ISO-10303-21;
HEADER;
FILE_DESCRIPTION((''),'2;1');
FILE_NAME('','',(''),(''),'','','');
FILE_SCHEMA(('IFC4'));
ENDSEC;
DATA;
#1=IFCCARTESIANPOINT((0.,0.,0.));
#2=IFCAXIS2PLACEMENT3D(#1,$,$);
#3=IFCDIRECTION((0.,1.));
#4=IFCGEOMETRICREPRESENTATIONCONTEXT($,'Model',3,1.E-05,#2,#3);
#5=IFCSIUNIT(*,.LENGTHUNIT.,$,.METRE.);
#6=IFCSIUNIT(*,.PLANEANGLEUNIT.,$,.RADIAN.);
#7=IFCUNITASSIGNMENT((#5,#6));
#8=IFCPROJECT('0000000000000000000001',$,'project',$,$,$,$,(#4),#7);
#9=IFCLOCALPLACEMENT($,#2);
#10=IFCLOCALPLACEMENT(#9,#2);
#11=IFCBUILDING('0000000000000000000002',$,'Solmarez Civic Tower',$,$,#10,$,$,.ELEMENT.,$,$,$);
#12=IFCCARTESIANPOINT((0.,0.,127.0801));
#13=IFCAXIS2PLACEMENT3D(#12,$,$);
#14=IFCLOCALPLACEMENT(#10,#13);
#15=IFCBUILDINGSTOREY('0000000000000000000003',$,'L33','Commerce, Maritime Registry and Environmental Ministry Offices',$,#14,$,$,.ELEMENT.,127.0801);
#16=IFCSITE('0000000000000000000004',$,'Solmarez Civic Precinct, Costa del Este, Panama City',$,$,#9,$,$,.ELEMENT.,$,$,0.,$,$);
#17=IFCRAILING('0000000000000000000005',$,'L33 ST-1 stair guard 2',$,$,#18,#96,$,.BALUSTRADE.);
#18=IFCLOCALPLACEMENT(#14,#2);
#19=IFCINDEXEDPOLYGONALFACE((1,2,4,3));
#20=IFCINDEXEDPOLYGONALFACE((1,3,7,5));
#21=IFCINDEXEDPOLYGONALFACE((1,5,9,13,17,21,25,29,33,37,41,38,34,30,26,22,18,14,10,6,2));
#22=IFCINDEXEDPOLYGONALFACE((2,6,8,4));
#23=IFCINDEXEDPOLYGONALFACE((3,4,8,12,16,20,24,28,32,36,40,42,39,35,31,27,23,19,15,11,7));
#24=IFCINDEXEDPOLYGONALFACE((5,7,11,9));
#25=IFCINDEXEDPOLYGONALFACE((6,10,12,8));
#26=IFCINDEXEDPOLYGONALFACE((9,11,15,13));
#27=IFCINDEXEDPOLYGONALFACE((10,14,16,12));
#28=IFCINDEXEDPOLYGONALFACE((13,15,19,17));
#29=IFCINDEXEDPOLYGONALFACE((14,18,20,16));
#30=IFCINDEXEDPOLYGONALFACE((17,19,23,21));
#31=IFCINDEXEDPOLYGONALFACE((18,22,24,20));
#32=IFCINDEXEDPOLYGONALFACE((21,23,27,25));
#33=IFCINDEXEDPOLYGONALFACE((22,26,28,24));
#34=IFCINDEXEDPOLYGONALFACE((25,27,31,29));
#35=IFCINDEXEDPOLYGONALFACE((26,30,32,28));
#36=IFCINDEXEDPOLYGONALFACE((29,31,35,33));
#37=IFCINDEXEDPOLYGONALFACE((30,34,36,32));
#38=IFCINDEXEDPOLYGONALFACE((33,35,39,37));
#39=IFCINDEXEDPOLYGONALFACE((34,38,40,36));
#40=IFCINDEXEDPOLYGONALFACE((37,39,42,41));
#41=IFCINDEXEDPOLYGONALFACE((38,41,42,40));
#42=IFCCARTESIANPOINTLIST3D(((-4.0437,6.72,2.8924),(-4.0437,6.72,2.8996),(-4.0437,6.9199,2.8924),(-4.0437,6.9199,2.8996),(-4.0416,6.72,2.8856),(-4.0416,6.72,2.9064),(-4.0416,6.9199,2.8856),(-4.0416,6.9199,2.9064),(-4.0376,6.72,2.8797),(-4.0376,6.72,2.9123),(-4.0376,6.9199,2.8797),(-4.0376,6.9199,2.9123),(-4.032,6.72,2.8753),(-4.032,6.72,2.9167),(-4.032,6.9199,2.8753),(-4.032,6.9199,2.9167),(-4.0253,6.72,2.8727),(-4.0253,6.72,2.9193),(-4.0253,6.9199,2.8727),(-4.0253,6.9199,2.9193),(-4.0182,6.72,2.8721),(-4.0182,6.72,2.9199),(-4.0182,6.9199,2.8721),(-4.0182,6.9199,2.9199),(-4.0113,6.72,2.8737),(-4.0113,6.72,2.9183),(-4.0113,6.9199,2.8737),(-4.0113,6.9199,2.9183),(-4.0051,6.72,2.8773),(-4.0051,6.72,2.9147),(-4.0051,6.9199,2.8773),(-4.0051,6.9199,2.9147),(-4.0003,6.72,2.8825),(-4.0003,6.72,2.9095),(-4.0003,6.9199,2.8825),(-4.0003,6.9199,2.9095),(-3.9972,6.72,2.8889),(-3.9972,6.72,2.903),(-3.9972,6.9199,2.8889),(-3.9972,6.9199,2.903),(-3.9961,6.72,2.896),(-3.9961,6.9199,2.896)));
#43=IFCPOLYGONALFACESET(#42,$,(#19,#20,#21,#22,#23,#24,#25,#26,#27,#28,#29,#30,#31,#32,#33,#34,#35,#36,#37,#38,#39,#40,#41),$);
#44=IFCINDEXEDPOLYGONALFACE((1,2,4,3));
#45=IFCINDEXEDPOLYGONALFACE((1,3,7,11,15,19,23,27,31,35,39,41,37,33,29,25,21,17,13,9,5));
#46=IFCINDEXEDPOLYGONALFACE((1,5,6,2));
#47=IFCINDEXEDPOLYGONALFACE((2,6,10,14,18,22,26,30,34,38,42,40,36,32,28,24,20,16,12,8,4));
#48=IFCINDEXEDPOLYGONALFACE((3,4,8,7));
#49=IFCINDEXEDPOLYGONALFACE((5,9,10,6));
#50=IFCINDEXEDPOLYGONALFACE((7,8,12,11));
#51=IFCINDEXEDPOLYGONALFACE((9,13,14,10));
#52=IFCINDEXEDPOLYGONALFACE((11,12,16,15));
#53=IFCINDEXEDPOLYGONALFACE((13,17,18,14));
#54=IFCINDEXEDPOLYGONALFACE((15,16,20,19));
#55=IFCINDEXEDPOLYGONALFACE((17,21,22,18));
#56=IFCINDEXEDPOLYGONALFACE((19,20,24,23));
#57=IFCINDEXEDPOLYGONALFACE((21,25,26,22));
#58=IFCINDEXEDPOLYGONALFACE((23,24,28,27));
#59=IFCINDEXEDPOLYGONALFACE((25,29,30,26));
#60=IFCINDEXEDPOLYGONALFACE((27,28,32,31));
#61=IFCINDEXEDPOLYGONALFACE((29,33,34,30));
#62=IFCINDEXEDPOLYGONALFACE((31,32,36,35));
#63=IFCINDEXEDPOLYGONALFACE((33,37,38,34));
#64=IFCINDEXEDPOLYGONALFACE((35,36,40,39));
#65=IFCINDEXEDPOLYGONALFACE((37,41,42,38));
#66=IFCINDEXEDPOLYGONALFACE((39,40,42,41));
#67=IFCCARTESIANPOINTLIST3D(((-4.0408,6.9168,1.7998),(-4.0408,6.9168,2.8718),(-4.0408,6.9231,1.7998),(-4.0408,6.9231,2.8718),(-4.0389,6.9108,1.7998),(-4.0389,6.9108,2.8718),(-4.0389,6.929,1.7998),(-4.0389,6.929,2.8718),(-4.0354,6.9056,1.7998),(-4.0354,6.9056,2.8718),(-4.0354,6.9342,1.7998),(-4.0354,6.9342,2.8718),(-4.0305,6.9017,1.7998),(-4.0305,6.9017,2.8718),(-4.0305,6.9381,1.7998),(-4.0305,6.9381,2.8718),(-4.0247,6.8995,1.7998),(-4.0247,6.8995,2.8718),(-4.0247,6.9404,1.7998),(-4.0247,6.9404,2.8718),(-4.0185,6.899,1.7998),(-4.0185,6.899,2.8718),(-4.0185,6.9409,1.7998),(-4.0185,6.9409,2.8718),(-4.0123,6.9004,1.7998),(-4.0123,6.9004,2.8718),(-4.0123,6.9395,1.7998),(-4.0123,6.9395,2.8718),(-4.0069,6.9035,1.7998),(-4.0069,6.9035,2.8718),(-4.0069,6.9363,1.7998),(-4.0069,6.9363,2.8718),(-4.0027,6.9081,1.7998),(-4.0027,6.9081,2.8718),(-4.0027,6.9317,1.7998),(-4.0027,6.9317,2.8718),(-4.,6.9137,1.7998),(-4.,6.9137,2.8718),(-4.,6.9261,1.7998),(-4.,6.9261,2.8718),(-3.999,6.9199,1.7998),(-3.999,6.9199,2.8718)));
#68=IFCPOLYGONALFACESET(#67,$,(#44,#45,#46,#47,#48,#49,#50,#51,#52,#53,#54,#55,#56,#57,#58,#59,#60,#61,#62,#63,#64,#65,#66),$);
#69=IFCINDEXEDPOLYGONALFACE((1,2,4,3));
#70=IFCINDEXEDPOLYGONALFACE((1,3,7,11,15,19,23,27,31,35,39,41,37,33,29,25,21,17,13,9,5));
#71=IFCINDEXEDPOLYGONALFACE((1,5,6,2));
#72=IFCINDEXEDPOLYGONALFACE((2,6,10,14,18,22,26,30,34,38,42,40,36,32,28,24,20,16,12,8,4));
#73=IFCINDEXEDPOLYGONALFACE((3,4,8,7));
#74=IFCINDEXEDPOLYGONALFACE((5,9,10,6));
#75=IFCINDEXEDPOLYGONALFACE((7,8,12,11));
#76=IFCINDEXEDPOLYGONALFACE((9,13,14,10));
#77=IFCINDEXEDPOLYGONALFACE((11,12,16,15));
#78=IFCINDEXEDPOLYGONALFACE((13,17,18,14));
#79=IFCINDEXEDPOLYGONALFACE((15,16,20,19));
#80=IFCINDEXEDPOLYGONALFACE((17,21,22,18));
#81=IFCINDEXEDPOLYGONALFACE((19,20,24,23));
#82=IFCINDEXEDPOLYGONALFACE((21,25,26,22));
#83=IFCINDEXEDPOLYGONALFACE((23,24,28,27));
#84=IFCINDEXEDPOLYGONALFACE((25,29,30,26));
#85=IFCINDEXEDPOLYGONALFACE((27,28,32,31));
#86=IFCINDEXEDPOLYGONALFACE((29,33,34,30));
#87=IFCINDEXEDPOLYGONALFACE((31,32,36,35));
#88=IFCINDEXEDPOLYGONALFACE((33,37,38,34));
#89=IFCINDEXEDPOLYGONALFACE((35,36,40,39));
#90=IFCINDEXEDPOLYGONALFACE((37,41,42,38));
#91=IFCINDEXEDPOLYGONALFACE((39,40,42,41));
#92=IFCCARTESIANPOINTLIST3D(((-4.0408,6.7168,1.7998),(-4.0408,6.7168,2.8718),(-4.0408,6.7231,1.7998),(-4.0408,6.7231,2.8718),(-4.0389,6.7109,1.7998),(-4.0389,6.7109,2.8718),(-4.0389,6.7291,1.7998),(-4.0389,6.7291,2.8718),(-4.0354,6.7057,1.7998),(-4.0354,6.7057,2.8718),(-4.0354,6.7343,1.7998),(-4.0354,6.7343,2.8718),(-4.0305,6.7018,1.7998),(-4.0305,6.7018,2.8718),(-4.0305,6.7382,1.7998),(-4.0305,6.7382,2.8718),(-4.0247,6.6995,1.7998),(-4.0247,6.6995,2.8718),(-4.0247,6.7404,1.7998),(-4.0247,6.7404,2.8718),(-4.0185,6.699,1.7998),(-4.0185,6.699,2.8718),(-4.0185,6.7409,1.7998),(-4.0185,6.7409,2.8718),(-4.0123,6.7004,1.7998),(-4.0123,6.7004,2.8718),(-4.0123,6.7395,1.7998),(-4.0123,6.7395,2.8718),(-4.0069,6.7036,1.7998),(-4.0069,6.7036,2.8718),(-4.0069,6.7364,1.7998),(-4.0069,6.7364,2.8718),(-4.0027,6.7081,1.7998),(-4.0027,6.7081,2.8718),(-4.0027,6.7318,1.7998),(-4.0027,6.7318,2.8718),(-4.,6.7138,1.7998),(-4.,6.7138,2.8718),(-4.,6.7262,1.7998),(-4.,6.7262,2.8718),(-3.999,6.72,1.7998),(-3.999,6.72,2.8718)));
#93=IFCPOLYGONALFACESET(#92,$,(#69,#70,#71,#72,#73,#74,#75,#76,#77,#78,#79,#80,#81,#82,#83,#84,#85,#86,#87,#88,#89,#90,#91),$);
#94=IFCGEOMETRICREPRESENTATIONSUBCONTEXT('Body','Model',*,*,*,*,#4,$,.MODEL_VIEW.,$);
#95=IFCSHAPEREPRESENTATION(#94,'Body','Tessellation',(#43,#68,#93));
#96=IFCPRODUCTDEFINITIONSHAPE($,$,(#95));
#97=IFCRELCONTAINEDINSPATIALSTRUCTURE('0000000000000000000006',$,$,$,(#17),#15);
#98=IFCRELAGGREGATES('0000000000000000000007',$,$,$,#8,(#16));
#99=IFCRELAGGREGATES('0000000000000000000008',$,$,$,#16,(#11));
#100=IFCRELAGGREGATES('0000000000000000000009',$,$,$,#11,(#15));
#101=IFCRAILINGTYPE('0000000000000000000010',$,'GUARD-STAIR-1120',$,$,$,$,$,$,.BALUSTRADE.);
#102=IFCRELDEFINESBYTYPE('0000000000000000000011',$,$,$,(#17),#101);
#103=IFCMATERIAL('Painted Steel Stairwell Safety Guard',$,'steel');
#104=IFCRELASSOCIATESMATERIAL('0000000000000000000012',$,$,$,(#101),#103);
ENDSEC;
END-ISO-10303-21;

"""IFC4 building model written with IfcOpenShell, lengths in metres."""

from ifc_helpers import new_model, si_unit, direction, frame, origin, origin_2d, place, context, subcontext, project, spatial, circle, extrude, material, type_object, element, save


model = new_model("IFC4")

# Units and contexts
model_context = context("Model", 3, precision=1e-05, world=origin(), true_north=direction((0.0, 1.0)))
body_context = subcontext(model_context, "Body", "Model", "MODEL_VIEW")
ifc_project = project(units=[si_unit("LENGTHUNIT", "METRE"), si_unit("PLANEANGLEUNIT", "RADIAN")], contexts=[model_context])

# Site, building, storey
site_placement = place(None, origin())
site = spatial("IfcSite", under=ifc_project, at=site_placement, Name="Solmarez Civic Precinct, Costa del Este, Panama City", CompositionType="ELEMENT", RefElevation=0.0)
building_placement = place(site_placement, origin())
building = spatial("IfcBuilding", under=site, at=building_placement, Name="Solmarez Civic Tower", CompositionType="ELEMENT")
storey_placement = place(building_placement, frame((0.0, 0.0, 127.0801)))
storey = spatial("IfcBuildingStorey", under=building, at=storey_placement, Name="L33", Description="Commerce, Maritime Registry and Environmental Ministry Offices", CompositionType="ELEMENT", Elevation=127.0801)

# Railing
ifc_material_1 = material(Name="Painted Steel Stairwell Safety Guard", Category="steel")
railing_type_1 = type_object("IfcRailingType", Name="GUARD-STAIR-1120", PredefinedType="BALUSTRADE", material=ifc_material_1)
railing_1_placement = place(storey_placement, frame((-4.02, 6.9199, 1.7998)))
element("IfcRailing", 1, at=railing_1_placement, inside=storey, type_object=railing_type_1, Name="L33 ST-1 stair guard 2", PredefinedType="BALUSTRADE", context=body_context, shape_type="SweptSolid", body=[
    extrude(circle(Radius=0.0239, at=origin_2d()), frame((0.0, 0.0, 1.0962), z_axis=(0.0, -1.0, 0.0), x_axis=(1.0, 0.0, 0.0)), (0.0, 0.0, 1.0), 0.2),
    extrude(circle(Radius=0.021, at=origin_2d()), origin(), (0.0, 0.0, 1.0), 1.072),
    extrude(circle(Radius=0.021, at=origin_2d()), frame((0.0, -0.2, 0.0)), (0.0, 0.0, 1.0), 1.072),
])

save(model, "model.ifc")
